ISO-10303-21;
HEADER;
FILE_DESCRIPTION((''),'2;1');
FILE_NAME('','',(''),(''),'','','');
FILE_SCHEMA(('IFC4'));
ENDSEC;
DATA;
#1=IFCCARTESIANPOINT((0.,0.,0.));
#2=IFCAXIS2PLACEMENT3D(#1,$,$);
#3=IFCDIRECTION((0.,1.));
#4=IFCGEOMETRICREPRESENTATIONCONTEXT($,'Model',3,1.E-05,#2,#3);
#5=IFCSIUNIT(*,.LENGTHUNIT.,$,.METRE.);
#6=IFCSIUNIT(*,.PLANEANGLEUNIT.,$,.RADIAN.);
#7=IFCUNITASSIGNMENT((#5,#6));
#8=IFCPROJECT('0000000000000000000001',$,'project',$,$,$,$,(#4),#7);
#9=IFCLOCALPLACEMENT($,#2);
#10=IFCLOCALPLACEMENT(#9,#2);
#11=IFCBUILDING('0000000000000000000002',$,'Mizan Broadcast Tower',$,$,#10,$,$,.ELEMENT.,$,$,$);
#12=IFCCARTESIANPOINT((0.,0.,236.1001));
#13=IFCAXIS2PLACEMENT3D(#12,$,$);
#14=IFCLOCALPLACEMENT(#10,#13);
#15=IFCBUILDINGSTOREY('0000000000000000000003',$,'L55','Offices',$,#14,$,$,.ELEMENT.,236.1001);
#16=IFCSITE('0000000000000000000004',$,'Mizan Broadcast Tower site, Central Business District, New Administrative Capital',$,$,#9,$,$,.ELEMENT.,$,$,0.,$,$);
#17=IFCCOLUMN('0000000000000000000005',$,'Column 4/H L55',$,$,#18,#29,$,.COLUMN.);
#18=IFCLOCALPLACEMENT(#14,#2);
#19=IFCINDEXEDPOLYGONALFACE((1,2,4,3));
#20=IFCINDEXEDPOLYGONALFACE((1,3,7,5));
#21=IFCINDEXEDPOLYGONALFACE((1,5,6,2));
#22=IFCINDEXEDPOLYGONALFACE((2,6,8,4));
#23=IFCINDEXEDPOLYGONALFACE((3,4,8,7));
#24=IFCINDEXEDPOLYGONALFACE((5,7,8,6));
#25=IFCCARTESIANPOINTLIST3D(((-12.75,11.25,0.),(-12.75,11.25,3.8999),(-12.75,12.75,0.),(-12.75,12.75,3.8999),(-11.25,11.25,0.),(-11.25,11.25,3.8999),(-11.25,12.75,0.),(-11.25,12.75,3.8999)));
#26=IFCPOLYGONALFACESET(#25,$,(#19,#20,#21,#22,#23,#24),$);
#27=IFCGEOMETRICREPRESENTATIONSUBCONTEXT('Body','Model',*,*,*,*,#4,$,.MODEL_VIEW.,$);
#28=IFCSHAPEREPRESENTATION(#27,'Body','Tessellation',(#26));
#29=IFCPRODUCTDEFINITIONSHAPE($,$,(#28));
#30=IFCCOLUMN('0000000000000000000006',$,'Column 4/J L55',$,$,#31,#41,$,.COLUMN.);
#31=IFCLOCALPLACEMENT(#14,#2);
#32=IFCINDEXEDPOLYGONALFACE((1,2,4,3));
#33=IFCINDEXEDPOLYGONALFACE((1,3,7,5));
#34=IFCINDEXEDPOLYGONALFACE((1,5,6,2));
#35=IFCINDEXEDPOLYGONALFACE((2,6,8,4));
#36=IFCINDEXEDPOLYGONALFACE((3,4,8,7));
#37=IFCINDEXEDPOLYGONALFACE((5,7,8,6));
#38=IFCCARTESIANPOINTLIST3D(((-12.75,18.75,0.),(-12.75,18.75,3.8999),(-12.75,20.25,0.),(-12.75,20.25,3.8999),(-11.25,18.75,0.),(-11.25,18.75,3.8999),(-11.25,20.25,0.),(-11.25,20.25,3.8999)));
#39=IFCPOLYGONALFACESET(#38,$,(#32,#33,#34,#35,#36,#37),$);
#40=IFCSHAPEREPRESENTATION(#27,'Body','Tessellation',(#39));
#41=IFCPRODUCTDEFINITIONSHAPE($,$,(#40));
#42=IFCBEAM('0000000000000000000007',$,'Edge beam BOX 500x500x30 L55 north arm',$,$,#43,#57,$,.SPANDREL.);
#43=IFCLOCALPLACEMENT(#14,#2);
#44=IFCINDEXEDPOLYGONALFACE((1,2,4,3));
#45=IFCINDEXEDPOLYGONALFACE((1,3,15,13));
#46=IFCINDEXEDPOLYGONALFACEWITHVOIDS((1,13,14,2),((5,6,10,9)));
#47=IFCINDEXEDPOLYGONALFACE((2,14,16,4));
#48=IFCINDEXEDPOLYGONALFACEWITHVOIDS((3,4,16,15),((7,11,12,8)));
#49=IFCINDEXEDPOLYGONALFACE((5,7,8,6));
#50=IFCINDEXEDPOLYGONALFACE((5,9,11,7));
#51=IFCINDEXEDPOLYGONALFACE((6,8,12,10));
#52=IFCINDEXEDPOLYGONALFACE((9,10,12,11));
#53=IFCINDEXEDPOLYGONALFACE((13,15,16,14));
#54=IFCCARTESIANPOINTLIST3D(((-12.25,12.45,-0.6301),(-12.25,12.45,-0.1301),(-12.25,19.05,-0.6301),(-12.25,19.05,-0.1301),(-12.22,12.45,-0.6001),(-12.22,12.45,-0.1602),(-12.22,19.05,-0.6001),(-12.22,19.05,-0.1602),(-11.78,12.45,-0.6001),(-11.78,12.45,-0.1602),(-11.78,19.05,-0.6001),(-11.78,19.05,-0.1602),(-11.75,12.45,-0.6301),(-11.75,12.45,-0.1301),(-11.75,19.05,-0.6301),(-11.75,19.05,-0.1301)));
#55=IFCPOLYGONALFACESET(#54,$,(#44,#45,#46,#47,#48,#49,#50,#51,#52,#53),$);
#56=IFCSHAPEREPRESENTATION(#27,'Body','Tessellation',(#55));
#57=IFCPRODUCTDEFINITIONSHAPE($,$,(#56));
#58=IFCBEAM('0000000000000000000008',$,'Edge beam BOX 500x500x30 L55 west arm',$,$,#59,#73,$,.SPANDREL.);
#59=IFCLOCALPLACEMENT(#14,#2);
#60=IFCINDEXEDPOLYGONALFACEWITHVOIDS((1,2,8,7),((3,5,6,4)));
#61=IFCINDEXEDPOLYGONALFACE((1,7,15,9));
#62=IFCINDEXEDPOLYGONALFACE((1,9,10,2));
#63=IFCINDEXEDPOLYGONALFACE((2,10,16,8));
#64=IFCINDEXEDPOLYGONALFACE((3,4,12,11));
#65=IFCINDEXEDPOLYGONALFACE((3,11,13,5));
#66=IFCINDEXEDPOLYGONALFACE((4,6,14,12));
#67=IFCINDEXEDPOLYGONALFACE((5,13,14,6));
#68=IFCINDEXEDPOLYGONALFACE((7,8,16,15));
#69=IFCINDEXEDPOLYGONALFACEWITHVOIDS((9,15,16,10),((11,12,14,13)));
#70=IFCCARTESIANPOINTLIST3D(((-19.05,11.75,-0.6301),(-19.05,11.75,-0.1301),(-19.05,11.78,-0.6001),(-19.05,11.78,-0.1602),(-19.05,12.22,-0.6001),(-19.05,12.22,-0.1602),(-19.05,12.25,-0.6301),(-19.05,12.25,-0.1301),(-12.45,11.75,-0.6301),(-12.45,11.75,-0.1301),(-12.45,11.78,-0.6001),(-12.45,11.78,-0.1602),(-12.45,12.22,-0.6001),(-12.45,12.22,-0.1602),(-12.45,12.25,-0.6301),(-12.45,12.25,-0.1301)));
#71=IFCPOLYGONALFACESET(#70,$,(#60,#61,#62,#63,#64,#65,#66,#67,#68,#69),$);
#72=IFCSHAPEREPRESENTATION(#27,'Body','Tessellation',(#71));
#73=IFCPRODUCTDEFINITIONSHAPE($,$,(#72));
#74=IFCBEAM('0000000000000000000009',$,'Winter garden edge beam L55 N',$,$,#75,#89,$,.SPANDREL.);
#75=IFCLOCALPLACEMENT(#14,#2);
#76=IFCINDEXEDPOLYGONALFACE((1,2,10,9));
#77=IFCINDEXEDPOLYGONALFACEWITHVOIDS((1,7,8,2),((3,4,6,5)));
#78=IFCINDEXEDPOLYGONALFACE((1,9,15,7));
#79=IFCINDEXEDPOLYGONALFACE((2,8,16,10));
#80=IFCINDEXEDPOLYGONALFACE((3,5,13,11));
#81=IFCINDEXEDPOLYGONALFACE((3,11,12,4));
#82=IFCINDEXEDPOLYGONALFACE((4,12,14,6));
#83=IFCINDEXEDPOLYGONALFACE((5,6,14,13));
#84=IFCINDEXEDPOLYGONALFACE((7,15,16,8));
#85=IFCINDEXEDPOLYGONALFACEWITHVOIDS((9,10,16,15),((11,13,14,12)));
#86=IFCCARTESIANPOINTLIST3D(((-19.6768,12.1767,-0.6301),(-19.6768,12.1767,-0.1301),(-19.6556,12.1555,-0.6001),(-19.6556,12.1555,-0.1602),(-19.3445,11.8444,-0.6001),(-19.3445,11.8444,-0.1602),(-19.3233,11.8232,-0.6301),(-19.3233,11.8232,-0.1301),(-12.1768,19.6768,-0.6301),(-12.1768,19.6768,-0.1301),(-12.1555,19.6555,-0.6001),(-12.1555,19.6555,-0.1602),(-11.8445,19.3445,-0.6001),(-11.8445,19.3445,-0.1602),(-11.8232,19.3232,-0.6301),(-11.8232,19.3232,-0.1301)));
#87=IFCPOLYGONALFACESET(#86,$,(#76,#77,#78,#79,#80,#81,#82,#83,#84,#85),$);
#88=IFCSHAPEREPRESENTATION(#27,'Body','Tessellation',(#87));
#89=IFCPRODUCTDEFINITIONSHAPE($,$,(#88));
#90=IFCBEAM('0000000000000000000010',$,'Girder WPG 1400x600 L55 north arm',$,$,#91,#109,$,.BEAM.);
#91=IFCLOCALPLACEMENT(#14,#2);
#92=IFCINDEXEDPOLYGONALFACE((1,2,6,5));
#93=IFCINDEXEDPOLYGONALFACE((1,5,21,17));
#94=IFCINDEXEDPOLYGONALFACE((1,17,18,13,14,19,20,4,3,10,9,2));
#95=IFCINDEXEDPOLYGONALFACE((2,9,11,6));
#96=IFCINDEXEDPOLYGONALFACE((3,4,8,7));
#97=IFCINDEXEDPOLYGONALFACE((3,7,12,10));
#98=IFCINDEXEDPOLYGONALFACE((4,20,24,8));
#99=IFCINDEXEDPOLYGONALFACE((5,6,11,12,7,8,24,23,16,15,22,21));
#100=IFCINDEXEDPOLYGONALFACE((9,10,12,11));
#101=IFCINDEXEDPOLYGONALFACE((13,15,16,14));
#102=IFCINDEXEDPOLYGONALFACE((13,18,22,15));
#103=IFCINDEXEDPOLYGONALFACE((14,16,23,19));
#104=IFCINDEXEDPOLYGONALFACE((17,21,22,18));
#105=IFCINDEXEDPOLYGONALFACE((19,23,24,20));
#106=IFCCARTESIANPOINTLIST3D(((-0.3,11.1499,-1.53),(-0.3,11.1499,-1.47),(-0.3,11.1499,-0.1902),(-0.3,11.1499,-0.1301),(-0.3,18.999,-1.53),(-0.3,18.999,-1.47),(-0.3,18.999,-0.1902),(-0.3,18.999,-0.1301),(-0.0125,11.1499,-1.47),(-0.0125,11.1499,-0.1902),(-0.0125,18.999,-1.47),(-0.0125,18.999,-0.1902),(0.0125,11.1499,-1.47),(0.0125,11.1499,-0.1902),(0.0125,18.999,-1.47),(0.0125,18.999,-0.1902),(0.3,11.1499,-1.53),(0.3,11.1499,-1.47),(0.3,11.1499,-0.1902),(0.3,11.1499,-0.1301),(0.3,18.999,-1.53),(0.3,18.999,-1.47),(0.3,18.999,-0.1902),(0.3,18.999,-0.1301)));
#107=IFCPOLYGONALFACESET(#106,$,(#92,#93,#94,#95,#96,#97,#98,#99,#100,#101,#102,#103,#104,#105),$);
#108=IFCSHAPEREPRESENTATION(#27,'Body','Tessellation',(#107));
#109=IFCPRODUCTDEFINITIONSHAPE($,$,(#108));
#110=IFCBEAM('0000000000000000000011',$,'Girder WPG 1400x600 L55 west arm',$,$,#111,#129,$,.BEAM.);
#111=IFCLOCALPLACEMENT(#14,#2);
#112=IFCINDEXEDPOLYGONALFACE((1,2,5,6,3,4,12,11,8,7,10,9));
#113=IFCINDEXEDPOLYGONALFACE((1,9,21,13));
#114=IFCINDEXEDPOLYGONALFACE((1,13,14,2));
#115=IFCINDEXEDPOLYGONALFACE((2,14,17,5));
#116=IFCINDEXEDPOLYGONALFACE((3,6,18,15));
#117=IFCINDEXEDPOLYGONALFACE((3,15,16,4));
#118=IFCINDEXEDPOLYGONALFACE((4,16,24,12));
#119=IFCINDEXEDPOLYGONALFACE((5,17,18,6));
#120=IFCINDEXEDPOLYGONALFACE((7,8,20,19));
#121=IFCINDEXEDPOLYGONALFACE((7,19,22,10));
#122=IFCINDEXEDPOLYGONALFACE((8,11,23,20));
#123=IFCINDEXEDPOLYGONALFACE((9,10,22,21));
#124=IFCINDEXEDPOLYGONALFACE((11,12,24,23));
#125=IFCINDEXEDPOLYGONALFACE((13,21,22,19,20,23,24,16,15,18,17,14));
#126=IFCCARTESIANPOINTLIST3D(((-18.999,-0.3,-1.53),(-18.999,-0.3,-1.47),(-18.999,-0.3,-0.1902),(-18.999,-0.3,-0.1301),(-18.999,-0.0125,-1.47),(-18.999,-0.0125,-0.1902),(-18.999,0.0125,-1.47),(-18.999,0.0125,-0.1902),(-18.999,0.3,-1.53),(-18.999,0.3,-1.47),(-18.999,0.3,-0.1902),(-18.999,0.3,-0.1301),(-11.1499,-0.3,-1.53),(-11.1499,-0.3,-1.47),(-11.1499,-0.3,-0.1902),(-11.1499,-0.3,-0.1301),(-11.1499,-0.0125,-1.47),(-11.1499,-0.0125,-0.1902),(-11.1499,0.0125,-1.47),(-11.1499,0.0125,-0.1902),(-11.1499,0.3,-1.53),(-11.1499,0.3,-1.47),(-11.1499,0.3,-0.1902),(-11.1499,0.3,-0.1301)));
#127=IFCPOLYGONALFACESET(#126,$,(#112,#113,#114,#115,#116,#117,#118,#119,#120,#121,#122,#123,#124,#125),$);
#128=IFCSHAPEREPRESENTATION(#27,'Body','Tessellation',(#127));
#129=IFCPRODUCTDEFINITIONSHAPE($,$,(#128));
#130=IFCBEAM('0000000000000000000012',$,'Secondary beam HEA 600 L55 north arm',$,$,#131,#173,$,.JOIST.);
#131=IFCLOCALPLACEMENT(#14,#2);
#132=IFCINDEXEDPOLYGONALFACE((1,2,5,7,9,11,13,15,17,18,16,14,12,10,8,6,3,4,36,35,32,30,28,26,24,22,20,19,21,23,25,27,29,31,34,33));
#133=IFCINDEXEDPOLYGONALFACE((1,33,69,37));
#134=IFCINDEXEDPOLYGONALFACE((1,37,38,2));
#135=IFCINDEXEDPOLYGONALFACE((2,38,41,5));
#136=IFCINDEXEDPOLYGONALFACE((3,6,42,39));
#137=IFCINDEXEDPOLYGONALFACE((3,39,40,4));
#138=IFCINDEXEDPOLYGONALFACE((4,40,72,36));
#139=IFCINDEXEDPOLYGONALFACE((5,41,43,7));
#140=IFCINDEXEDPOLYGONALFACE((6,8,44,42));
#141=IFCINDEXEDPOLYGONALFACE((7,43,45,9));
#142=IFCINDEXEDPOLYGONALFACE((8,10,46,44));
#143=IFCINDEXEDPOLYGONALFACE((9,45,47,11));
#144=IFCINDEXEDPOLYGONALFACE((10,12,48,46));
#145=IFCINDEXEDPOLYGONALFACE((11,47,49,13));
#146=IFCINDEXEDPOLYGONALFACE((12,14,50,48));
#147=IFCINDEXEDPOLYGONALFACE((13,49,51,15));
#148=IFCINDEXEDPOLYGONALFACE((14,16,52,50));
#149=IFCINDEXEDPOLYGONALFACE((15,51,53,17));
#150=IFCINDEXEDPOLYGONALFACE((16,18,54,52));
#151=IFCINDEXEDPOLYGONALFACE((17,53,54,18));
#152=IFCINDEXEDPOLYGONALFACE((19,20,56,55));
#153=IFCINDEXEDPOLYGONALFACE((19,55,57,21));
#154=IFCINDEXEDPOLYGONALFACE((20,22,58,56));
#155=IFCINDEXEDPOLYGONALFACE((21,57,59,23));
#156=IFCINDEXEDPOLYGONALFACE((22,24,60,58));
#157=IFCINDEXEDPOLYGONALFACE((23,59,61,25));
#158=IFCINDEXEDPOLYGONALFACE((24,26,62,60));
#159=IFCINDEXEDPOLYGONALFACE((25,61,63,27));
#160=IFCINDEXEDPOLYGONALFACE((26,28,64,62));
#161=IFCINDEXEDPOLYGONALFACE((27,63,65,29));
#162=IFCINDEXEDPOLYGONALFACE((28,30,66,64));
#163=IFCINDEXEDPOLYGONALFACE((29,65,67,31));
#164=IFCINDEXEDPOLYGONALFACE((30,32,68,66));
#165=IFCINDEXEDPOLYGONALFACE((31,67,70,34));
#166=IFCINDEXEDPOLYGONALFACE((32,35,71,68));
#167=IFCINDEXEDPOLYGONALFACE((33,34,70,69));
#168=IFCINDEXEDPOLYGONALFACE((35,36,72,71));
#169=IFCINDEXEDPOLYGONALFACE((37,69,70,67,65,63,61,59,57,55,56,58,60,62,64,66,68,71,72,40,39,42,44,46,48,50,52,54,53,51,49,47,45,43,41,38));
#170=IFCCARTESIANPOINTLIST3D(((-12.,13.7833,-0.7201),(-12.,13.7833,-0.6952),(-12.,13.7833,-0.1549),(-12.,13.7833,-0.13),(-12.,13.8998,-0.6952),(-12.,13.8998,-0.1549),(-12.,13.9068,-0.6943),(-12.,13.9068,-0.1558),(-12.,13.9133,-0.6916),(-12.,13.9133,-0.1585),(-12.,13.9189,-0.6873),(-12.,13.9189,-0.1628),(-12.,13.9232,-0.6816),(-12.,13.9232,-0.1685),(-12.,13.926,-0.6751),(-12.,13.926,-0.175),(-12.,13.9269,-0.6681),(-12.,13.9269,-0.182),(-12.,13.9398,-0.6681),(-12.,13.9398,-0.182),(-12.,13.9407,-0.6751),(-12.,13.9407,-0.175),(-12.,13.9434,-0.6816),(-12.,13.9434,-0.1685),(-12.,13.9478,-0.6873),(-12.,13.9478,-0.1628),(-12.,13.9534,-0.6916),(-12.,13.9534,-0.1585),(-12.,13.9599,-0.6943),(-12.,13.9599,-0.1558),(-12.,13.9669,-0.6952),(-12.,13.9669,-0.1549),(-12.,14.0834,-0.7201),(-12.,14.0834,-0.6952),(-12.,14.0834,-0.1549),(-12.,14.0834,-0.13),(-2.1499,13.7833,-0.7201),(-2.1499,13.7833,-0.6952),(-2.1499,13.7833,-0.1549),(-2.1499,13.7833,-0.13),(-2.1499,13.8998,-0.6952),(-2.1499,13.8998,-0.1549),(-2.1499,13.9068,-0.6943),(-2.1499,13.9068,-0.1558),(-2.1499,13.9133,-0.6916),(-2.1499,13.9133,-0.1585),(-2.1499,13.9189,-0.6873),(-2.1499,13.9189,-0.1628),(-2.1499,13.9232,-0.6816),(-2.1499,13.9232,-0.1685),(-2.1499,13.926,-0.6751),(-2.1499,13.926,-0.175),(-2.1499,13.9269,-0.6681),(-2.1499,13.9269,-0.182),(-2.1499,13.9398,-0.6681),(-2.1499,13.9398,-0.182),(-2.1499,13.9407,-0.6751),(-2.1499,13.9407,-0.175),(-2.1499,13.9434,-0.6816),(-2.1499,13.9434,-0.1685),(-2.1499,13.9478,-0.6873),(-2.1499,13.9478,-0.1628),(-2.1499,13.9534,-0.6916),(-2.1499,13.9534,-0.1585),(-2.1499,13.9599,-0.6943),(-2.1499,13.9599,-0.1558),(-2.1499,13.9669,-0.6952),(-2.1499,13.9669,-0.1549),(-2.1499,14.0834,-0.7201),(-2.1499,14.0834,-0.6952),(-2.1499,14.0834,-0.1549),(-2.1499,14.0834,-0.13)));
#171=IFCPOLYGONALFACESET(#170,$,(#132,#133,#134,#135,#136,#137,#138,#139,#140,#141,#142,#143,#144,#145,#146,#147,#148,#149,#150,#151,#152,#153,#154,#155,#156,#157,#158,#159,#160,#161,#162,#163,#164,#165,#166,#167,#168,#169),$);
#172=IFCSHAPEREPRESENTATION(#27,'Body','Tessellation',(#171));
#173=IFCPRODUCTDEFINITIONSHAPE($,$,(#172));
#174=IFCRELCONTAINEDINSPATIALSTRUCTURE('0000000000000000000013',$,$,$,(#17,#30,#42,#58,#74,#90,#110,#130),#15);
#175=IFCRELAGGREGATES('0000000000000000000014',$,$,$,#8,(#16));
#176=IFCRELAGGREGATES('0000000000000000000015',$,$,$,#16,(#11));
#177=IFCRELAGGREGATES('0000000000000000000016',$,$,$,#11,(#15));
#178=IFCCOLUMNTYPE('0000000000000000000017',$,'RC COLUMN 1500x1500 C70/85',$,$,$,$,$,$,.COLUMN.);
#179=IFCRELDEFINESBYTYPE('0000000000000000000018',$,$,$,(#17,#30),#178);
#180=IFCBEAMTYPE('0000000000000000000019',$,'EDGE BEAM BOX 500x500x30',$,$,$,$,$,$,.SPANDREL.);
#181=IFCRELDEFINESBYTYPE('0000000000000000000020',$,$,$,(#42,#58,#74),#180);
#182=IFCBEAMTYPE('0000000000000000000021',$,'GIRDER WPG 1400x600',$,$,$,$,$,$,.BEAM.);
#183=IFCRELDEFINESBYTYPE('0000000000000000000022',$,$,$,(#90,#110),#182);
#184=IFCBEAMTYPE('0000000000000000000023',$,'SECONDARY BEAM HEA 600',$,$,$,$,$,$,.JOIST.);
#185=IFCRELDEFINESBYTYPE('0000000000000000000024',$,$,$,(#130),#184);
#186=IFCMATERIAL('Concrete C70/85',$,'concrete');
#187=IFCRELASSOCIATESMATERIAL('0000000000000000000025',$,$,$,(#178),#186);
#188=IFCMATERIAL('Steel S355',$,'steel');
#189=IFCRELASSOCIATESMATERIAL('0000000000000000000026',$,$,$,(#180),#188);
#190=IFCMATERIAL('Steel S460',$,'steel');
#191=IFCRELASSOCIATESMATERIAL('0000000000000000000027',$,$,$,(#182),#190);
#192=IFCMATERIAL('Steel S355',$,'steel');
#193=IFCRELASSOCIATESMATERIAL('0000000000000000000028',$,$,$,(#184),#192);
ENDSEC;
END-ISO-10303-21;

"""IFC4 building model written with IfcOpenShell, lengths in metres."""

from ifc_helpers import new_model, si_unit, direction, frame, origin, origin_2d, place, context, subcontext, project, spatial, rectangle, hollow_rectangle, i_section, extrude, material, material_profile, profile_set, type_object, element, save


model = new_model("IFC4")

# Units and contexts
model_context = context("Model", 3, precision=1e-05, world=origin(), true_north=direction((0.0, 1.0)))
body_context = subcontext(model_context, "Body", "Model", "MODEL_VIEW")
ifc_project = project(units=[si_unit("LENGTHUNIT", "METRE"), si_unit("PLANEANGLEUNIT", "RADIAN")], contexts=[model_context])

# Site, building, storey
site_placement = place(None, origin())
site = spatial("IfcSite", under=ifc_project, at=site_placement, Name="Mizan Broadcast Tower site, Central Business District, New Administrative Capital", CompositionType="ELEMENT", RefElevation=0.0)
building_placement = place(site_placement, origin())
building = spatial("IfcBuilding", under=site, at=building_placement, Name="Mizan Broadcast Tower", CompositionType="ELEMENT")
storey_placement = place(building_placement, frame((0.0, 0.0, 236.1001)))
storey = spatial("IfcBuildingStorey", under=building, at=storey_placement, Name="L55", Description="Offices", CompositionType="ELEMENT", Elevation=236.1001)

# Columns
ifc_material_1 = material(Name="Concrete C70/85", Category="concrete")
ifc_material_profile_1 = material_profile(ifc_material_1, rectangle(XDim=1.5, YDim=1.5, at=origin_2d()), Name="RC 1500x1500")
ifc_profile_set_1 = profile_set([ifc_material_profile_1], Name="Concrete C70/85")
column_type = type_object("IfcColumnType", Name="RC COLUMN 1500x1500 C70/85", PredefinedType="COLUMN", material=ifc_profile_set_1)
for number, where, z_axis, x_axis, name in (
    (1, (-12.0, 12.0, 0.0), (0.0, 0.0, 1.0), (1.0, 0.0, 0.0), "Column 4/H L55"),
    (2, (-12.0, 19.5, 0.0), (0.0, 0.0, 1.0), (1.0, 0.0, 0.0), "Column 4/J L55"),
):
    element("IfcColumn", number, at=place(storey_placement, frame(where, z_axis=z_axis, x_axis=x_axis)), inside=storey, type_object=column_type, Name=name, PredefinedType="COLUMN", context=body_context, shape_type="SweptSolid", body=[
        extrude(rectangle(XDim=1.5, YDim=1.5, at=origin_2d()), origin(), (0.0, 0.0, 1.0), 3.8999),
    ])

# Beams
ifc_material_2 = material(Name="Steel S355", Category="steel")
ifc_material_profile_2 = material_profile(ifc_material_2, hollow_rectangle(XDim=0.5, YDim=0.5, WallThickness=0.03, at=origin_2d()), Name="BOX 500x500x30")
ifc_profile_set_2 = profile_set([ifc_material_profile_2], Name="Steel S355")
beam_type_1 = type_object("IfcBeamType", Name="EDGE BEAM BOX 500x500x30", PredefinedType="SPANDREL", material=ifc_profile_set_2)
for number, where, z_axis, x_axis, name in (
    (3, (-12.0, 12.45, -0.3801), (0.0, 1.0, 0.0), (-1.0, 0.0, 0.0), "Edge beam BOX 500x500x30 L55 north arm"),
    (4, (-12.45, 12.0, -0.3801), (-1.0, 0.0, 0.0), (0.0, -1.0, 0.0), "Edge beam BOX 500x500x30 L55 west arm"),
):
    element("IfcBeam", number, at=place(storey_placement, frame(where, z_axis=z_axis, x_axis=x_axis)), inside=storey, type_object=beam_type_1, Name=name, PredefinedType="SPANDREL", context=body_context, shape_type="SweptSolid", body=[
        extrude(hollow_rectangle(XDim=0.5, YDim=0.5, WallThickness=0.03, at=origin_2d()), origin(), (0.0, 0.0, 1.0), 6.6001),
    ])
beam_1_placement = place(storey_placement, frame((-12.0, 19.5, -0.3801), z_axis=(-0.707107, -0.707107, 0.0), x_axis=(0.707107, -0.707107, 0.0)))
element("IfcBeam", 5, at=beam_1_placement, inside=storey, type_object=beam_type_1, Name="Winter garden edge beam L55 N", PredefinedType="SPANDREL", context=body_context, shape_type="SweptSolid", body=[
    extrude(hollow_rectangle(XDim=0.5, YDim=0.5, WallThickness=0.03, at=origin_2d()), origin(), (0.0, 0.0, 1.0), 10.6067),
])
ifc_material_3 = material(Name="Steel S460", Category="steel")
ifc_material_profile_3 = material_profile(ifc_material_3, i_section(OverallWidth=0.6001, OverallDepth=1.3999, WebThickness=0.0249, FlangeThickness=0.0601, at=origin_2d()), Name="WPG 1400x600")
ifc_profile_set_3 = profile_set([ifc_material_profile_3], Name="Steel S460")
beam_type_2 = type_object("IfcBeamType", Name="GIRDER WPG 1400x600", PredefinedType="BEAM", material=ifc_profile_set_3)
for number, where, z_axis, x_axis, name in (
    (6, (0.0, 11.1499, -0.8301), (0.0, 1.0, 0.0), (-1.0, 0.0, 0.0), "Girder WPG 1400x600 L55 north arm"),
    (7, (-11.1499, 0.0, -0.8301), (-1.0, 0.0, 0.0), (0.0, -1.0, 0.0), "Girder WPG 1400x600 L55 west arm"),
):
    element("IfcBeam", number, at=place(storey_placement, frame(where, z_axis=z_axis, x_axis=x_axis)), inside=storey, type_object=beam_type_2, Name=name, PredefinedType="BEAM", context=body_context, shape_type="SweptSolid", body=[
        extrude(i_section(OverallWidth=0.6001, OverallDepth=1.3999, WebThickness=0.0249, FlangeThickness=0.0601, at=origin_2d()), origin(), (0.0, 0.0, 1.0), 7.8491),
    ])
ifc_material_4 = material(Name="Steel S355", Category="steel")
ifc_material_profile_4 = material_profile(ifc_material_4, i_section(OverallWidth=0.3, OverallDepth=0.5901, WebThickness=0.0129, FlangeThickness=0.0249, FilletRadius=0.0271, at=origin_2d()), Name="HEA 600")
ifc_profile_set_4 = profile_set([ifc_material_profile_4], Name="Steel S355")
beam_type_3 = type_object("IfcBeamType", Name="SECONDARY BEAM HEA 600", PredefinedType="JOIST", material=ifc_profile_set_4)
for number, where, z_axis, x_axis, name in (
    (8, (-12.0, 13.9333, -0.425), (1.0, 0.0, 0.0), (0.0, 1.0, 0.0), "Secondary beam HEA 600 L55 north arm"),
):
    element("IfcBeam", number, at=place(storey_placement, frame(where, z_axis=z_axis, x_axis=x_axis)), inside=storey, type_object=beam_type_3, Name=name, PredefinedType="JOIST", context=body_context, shape_type="SweptSolid", body=[
        extrude(i_section(OverallWidth=0.3, OverallDepth=0.5901, WebThickness=0.0129, FlangeThickness=0.0249, FilletRadius=0.0271, at=origin_2d()), origin(), (0.0, 0.0, 1.0), 9.8501),
    ])

save(model, "model.ifc")
